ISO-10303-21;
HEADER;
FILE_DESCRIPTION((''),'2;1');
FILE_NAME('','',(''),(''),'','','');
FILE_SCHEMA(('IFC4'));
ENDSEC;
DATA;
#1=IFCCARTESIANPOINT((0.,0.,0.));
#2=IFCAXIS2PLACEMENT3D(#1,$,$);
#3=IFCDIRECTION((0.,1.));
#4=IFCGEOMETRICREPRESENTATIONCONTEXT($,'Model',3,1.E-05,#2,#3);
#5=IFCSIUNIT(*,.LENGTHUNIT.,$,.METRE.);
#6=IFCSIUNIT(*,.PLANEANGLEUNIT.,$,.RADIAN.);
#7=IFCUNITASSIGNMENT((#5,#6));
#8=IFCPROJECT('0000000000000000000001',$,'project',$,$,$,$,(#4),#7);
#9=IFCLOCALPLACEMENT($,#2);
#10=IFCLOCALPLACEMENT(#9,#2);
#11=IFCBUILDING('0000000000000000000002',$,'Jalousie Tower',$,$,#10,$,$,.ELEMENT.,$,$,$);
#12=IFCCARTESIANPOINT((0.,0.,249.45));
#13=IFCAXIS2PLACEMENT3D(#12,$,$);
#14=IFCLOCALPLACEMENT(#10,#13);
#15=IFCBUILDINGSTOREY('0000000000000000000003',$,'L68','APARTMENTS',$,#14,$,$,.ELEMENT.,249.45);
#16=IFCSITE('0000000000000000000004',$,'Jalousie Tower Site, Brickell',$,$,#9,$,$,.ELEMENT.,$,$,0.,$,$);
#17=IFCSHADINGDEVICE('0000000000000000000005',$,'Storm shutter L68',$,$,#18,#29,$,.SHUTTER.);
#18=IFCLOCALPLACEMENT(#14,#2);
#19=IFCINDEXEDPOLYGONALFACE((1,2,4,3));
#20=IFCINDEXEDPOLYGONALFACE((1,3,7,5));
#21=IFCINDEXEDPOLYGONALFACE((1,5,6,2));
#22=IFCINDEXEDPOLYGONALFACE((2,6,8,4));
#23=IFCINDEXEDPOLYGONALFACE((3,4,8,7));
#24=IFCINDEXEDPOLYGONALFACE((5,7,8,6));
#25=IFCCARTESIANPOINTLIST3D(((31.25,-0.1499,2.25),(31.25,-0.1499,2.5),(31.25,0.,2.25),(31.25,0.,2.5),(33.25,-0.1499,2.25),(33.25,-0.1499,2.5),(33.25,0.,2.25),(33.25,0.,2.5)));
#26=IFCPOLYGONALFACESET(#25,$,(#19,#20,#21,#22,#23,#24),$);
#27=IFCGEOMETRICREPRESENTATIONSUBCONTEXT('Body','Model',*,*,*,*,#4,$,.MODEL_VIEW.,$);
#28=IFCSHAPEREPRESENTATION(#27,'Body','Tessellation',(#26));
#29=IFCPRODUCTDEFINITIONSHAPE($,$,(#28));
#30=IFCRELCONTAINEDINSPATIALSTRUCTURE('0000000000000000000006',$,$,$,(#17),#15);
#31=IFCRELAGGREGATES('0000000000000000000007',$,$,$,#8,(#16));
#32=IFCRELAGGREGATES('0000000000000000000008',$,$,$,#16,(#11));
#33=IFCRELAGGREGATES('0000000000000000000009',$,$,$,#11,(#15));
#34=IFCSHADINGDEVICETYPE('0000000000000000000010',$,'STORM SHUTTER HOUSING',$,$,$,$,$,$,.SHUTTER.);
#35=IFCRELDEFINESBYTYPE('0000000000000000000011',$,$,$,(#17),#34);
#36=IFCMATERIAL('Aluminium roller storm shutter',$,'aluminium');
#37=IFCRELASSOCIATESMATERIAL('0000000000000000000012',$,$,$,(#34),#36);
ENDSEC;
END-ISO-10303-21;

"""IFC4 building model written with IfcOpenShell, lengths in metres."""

from ifc_helpers import new_model, si_unit, direction, frame, origin, origin_2d, place, context, subcontext, project, spatial, rectangle, extrude, material, type_object, element, save


model = new_model("IFC4")

# Units and contexts
model_context = context("Model", 3, precision=1e-05, world=origin(), true_north=direction((0.0, 1.0)))
body_context = subcontext(model_context, "Body", "Model", "MODEL_VIEW")
ifc_project = project(units=[si_unit("LENGTHUNIT", "METRE"), si_unit("PLANEANGLEUNIT", "RADIAN")], contexts=[model_context])

# Site, building, storey
site_placement = place(None, origin())
site = spatial("IfcSite", under=ifc_project, at=site_placement, Name="Jalousie Tower Site, Brickell", CompositionType="ELEMENT", RefElevation=0.0)
building_placement = place(site_placement, origin())
building = spatial("IfcBuilding", under=site, at=building_placement, Name="Jalousie Tower", CompositionType="ELEMENT")
storey_placement = place(building_placement, frame((0.0, 0.0, 249.45)))
storey = spatial("IfcBuildingStorey", under=building, at=storey_placement, Name="L68", Description="APARTMENTS", CompositionType="ELEMENT", Elevation=249.45)

# Shading device
ifc_material_1 = material(Name="Aluminium roller storm shutter", Category="aluminium")
shading_device_type_1 = type_object("IfcShadingDeviceType", Name="STORM SHUTTER HOUSING", PredefinedType="SHUTTER", material=ifc_material_1)
for number, where, z_axis, x_axis, name in (
    (1, (32.25, -0.075, 2.25), (0.0, 0.0, 1.0), (1.0, 0.0, 0.0), "Storm shutter L68"),
):
    element("IfcShadingDevice", number, at=place(storey_placement, frame(where, z_axis=z_axis, x_axis=x_axis)), inside=storey, type_object=shading_device_type_1, Name=name, PredefinedType="SHUTTER", context=body_context, shape_type="SweptSolid", body=[
        extrude(rectangle(XDim=2.0, YDim=0.1499, at=origin_2d()), origin(), (0.0, 0.0, 1.0), 0.25),
    ])

save(model, "model.ifc")
